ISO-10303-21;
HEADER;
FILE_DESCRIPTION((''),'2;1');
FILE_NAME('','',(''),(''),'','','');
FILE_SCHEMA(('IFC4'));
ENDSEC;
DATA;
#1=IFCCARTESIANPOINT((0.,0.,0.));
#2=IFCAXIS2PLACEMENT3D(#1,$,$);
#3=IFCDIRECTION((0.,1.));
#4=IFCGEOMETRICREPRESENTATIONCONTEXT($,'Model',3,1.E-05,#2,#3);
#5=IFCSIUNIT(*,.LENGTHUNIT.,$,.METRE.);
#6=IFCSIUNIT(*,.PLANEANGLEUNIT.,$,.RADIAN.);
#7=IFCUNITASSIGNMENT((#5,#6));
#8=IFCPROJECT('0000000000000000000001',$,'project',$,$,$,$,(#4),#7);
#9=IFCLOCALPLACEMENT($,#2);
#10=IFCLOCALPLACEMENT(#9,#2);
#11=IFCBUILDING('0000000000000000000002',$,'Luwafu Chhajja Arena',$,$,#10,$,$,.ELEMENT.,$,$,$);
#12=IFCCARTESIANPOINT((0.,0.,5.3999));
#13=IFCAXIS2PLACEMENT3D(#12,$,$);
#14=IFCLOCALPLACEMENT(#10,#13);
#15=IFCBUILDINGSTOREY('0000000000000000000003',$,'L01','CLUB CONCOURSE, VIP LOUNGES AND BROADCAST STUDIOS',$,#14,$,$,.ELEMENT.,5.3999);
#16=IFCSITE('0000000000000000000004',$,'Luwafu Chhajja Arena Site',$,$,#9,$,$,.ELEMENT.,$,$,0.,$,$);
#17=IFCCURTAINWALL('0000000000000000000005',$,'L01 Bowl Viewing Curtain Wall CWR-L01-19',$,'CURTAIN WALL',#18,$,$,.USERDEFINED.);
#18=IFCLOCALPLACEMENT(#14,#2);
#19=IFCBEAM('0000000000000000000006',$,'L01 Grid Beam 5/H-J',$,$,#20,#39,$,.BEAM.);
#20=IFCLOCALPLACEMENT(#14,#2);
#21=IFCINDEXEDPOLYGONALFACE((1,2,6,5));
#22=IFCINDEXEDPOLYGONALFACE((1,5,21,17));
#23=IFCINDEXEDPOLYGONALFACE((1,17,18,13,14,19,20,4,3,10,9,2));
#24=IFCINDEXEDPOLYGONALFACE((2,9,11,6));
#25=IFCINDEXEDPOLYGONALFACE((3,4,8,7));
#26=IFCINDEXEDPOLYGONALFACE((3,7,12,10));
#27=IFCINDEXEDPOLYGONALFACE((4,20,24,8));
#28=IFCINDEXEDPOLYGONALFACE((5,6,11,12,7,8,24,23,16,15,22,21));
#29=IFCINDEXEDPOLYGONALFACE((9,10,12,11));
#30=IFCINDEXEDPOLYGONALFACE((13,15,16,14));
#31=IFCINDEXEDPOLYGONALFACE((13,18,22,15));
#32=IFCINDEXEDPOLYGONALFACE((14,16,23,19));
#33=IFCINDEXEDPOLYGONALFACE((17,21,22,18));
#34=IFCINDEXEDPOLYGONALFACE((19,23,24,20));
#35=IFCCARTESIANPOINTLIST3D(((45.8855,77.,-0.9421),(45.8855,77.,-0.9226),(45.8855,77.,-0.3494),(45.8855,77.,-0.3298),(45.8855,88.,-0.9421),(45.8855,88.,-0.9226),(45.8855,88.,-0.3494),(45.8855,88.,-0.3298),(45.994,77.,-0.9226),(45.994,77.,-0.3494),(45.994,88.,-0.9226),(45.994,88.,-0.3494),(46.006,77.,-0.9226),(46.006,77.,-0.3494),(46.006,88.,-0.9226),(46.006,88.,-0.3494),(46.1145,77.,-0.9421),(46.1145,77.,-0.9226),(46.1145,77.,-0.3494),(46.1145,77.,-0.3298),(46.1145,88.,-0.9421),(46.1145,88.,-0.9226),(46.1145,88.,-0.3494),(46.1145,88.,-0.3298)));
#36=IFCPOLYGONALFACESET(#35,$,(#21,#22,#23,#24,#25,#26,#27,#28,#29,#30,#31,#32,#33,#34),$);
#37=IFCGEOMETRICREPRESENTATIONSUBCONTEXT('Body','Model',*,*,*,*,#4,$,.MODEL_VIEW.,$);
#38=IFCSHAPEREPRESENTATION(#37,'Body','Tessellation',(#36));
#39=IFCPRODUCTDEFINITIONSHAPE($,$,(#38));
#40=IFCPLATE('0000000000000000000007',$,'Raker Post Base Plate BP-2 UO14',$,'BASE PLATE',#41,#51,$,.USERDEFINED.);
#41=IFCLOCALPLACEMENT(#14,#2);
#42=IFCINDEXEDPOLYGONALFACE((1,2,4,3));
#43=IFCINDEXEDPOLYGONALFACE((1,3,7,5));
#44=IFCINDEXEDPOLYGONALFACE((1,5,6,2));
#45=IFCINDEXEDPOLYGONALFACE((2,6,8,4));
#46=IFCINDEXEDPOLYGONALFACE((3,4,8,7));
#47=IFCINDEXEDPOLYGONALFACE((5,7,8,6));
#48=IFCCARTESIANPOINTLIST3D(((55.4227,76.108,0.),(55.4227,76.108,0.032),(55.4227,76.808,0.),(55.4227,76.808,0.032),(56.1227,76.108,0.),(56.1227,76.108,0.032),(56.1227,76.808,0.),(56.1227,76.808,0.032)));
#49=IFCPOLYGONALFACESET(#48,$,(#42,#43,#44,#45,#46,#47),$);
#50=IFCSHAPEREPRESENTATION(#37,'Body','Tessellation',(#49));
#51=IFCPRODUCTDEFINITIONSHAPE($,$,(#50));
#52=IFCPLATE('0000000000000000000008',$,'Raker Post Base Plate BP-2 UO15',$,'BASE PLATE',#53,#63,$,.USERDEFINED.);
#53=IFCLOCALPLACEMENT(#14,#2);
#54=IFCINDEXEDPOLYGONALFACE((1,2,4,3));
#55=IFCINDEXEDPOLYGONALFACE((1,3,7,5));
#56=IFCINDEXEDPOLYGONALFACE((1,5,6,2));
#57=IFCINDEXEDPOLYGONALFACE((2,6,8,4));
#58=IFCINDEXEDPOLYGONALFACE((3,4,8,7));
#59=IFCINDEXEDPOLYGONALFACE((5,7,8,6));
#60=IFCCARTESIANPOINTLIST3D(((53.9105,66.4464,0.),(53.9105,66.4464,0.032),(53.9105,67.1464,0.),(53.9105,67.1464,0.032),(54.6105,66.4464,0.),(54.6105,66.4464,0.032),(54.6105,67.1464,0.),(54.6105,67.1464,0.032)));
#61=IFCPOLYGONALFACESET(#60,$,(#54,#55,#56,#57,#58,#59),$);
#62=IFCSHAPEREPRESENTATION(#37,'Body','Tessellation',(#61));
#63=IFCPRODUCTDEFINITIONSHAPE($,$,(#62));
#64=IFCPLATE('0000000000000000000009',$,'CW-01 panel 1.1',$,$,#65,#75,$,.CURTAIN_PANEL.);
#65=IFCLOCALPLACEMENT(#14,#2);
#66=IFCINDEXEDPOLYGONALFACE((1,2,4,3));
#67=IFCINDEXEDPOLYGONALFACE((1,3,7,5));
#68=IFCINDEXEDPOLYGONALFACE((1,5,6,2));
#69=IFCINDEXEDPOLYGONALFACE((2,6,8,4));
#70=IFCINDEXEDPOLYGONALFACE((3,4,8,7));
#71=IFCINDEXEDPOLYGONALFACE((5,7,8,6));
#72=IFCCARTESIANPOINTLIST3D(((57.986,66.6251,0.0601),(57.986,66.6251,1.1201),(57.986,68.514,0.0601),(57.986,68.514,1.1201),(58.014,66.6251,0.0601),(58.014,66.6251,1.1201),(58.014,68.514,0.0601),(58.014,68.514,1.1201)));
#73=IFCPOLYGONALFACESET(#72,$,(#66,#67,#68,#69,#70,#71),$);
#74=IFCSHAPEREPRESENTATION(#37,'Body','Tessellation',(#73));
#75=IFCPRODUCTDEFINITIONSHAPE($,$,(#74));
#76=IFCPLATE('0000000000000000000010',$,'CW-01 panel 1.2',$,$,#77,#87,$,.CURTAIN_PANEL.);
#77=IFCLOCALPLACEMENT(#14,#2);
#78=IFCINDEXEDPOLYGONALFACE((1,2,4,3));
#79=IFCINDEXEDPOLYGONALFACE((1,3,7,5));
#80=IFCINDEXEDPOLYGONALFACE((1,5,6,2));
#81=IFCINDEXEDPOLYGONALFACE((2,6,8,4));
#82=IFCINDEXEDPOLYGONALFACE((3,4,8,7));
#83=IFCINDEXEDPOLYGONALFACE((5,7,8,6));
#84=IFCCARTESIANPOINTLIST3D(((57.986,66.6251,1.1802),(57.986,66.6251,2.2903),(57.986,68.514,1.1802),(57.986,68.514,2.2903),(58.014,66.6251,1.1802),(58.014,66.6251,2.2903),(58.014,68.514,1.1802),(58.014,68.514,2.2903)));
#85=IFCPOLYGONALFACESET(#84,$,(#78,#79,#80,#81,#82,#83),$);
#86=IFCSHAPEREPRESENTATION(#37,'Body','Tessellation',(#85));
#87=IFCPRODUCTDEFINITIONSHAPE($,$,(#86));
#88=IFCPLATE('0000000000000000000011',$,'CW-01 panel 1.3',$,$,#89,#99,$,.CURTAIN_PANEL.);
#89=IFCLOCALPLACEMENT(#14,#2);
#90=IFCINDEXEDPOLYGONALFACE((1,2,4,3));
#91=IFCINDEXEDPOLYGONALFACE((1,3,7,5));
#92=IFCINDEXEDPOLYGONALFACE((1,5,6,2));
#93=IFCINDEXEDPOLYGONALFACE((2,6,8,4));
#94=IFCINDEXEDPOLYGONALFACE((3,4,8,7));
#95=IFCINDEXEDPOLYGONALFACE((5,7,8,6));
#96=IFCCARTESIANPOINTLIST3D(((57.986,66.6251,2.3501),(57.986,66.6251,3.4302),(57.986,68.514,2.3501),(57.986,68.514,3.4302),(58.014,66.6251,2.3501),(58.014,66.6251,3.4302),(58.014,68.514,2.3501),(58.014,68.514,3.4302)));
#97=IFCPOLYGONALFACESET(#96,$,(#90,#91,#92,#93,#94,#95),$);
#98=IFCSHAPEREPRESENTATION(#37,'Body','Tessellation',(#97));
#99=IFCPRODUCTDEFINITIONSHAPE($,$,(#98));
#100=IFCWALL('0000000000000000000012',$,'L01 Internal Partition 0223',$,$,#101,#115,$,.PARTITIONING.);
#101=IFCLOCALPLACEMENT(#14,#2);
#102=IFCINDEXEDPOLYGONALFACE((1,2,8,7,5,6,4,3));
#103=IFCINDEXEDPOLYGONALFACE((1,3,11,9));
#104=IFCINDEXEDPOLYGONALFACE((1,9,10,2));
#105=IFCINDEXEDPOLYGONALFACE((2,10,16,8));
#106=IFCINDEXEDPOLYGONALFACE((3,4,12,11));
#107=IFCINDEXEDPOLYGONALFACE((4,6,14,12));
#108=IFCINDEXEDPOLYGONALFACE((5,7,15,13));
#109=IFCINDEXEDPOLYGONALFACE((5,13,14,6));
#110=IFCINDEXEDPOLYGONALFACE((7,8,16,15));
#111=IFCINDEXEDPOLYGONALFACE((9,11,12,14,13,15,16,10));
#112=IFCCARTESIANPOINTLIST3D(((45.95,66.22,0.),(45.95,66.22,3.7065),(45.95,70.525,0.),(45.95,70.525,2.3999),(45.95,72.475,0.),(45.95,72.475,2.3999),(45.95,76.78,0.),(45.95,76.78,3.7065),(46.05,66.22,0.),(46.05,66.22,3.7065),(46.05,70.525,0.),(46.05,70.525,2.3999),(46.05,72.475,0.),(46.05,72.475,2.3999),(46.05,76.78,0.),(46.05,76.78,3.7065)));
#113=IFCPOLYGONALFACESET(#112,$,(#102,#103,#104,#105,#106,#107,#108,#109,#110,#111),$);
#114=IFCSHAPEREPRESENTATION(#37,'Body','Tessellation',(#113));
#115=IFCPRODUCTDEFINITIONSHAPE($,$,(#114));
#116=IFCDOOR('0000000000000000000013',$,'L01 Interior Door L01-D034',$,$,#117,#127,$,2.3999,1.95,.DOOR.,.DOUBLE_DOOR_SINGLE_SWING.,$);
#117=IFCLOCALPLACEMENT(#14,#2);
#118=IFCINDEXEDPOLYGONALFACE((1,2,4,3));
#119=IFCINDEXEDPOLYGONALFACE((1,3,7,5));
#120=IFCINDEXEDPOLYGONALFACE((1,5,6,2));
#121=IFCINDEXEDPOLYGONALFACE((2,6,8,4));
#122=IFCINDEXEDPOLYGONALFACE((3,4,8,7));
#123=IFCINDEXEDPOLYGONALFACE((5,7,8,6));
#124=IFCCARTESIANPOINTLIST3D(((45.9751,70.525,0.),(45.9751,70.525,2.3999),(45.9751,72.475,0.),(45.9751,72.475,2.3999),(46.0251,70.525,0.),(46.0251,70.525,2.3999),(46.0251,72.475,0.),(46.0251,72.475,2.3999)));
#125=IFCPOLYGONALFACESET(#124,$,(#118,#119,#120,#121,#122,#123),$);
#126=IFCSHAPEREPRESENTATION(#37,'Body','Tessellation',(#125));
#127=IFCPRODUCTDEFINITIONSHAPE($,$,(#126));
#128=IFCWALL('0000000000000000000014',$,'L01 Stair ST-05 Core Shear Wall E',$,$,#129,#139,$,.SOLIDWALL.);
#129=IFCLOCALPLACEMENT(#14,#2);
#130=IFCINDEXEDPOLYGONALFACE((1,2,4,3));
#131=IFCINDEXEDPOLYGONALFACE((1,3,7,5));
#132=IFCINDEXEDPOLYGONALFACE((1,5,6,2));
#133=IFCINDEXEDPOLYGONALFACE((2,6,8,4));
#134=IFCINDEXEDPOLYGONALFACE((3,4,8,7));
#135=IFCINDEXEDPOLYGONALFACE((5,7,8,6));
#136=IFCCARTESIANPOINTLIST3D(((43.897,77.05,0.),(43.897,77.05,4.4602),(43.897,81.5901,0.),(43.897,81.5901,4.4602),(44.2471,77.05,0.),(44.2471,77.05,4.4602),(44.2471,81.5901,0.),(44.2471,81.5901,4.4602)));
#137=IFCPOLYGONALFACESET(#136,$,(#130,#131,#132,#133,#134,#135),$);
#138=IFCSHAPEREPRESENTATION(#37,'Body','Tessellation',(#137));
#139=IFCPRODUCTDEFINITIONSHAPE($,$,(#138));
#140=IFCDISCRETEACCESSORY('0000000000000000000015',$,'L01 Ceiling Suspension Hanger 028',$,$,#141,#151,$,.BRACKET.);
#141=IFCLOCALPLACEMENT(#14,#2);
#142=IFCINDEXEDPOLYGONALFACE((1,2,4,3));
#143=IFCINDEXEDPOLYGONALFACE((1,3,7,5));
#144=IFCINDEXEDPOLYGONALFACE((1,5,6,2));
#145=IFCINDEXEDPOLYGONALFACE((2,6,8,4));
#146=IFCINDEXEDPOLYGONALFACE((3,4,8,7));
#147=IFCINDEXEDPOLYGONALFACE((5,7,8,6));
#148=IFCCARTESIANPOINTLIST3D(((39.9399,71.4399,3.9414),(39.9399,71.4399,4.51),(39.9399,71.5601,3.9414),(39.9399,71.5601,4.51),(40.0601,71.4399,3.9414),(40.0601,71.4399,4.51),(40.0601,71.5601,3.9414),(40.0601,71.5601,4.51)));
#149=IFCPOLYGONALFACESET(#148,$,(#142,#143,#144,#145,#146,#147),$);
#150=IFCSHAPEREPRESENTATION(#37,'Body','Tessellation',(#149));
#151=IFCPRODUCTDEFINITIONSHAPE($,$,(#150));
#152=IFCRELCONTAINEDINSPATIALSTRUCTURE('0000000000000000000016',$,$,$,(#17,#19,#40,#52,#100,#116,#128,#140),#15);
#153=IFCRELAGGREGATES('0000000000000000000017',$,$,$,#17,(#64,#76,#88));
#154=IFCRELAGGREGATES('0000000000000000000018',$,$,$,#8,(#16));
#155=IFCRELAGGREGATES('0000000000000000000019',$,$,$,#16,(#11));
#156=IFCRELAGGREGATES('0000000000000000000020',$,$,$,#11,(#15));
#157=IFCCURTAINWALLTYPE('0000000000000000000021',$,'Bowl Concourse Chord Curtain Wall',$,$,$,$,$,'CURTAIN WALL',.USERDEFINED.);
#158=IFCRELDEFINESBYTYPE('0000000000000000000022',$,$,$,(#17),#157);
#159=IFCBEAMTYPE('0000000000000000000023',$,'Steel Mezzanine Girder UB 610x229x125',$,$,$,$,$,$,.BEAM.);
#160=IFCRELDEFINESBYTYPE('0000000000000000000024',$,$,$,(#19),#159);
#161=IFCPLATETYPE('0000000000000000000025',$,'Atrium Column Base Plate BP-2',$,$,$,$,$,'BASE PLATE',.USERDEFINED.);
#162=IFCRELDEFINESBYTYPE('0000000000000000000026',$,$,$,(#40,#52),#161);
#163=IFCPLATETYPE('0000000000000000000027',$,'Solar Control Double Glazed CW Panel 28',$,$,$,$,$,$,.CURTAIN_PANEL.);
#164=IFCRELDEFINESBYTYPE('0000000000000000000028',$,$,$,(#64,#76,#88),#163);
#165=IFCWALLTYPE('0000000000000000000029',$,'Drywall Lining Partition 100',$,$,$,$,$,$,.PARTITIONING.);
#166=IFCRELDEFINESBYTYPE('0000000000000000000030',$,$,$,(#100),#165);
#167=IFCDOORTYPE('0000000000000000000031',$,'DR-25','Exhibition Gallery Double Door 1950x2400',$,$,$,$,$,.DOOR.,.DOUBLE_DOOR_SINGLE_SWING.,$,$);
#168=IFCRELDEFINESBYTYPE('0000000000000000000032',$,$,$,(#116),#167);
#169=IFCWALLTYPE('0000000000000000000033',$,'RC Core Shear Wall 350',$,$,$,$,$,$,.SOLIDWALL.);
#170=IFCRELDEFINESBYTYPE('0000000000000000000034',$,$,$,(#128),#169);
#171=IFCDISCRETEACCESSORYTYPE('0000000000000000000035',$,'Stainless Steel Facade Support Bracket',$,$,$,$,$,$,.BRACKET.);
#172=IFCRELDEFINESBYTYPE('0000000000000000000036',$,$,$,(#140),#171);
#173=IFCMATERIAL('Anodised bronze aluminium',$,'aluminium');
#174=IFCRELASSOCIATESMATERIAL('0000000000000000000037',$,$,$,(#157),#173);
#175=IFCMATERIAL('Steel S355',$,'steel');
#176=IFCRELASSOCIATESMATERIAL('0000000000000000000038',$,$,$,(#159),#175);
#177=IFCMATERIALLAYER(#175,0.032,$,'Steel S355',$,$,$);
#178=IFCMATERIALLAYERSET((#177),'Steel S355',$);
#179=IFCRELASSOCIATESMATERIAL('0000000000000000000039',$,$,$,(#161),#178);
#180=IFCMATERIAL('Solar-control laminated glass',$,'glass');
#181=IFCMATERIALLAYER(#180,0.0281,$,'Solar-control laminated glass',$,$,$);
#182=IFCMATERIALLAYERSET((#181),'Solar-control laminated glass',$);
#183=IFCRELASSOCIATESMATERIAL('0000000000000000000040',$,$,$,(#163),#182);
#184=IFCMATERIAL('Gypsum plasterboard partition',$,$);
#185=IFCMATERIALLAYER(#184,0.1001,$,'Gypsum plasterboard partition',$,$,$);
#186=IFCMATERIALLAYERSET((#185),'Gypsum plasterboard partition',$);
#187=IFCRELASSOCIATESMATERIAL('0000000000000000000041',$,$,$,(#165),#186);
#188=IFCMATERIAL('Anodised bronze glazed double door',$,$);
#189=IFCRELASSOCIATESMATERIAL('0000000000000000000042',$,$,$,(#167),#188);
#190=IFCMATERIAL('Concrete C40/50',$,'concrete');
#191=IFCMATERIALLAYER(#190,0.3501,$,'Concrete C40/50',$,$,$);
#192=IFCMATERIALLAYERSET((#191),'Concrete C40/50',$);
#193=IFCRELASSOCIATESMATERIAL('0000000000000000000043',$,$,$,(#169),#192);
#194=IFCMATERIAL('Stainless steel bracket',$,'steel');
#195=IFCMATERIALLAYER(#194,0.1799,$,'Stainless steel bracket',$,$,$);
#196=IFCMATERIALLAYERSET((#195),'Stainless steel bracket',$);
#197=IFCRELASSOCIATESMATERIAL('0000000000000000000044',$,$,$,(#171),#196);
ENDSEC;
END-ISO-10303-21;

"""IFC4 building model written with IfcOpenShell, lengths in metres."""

from ifc_helpers import new_model, si_unit, direction, frame, frame_2d, origin, origin_2d, place, context, subcontext, project, spatial, rectangle, i_section, extrude, material, layer, layer_set, material_profile, profile_set, type_object, element, fill, aggregate, save


model = new_model("IFC4")

# Units and contexts
model_context = context("Model", 3, precision=1e-05, world=origin(), true_north=direction((0.0, 1.0)))
body_context = subcontext(model_context, "Body", "Model", "MODEL_VIEW")
ifc_project = project(units=[si_unit("LENGTHUNIT", "METRE"), si_unit("PLANEANGLEUNIT", "RADIAN")], contexts=[model_context])

# Site, building, storey
site_placement = place(None, origin())
site = spatial("IfcSite", under=ifc_project, at=site_placement, Name="Luwafu Chhajja Arena Site", CompositionType="ELEMENT", RefElevation=0.0)
building_placement = place(site_placement, origin())
building = spatial("IfcBuilding", under=site, at=building_placement, Name="Luwafu Chhajja Arena", CompositionType="ELEMENT")
storey_placement = place(building_placement, frame((0.0, 0.0, 5.3999)))
storey = spatial("IfcBuildingStorey", under=building, at=storey_placement, Name="L01", Description="CLUB CONCOURSE, VIP LOUNGES AND BROADCAST STUDIOS", CompositionType="ELEMENT", Elevation=5.3999)

# Shared definitions
ifc_material_1 = material(Name="Steel S355", Category="steel")

# Curtain wall
ifc_material_2 = material(Name="Anodised bronze aluminium", Category="aluminium")
curtain_wall_type = type_object("IfcCurtainWallType", Name="Bowl Concourse Chord Curtain Wall", ElementType="CURTAIN WALL", PredefinedType="USERDEFINED", material=ifc_material_2)
curtain_wall_placement = place(storey_placement, origin())
curtain_wall = element("IfcCurtainWall", 1, at=curtain_wall_placement, inside=storey, type_object=curtain_wall_type, Name="L01 Bowl Viewing Curtain Wall CWR-L01-19", ObjectType="CURTAIN WALL", PredefinedType="USERDEFINED")

# Beam
ifc_material_profile_1 = material_profile(ifc_material_1, i_section(OverallWidth=0.229, OverallDepth=0.6123, WebThickness=0.012, FlangeThickness=0.0195, at=origin_2d()), Name="UB 610x229x125")
ifc_profile_set_1 = profile_set([ifc_material_profile_1], Name="Steel S355")
beam_type_1 = type_object("IfcBeamType", Name="Steel Mezzanine Girder UB 610x229x125", PredefinedType="BEAM", material=ifc_profile_set_1)
beam_1_placement = place(storey_placement, frame((46.0, 77.0, -0.636), z_axis=(0.0, 1.0, 0.0), x_axis=(-1.0, 0.0, 0.0)))
element("IfcBeam", 2, at=beam_1_placement, inside=storey, type_object=beam_type_1, Name="L01 Grid Beam 5/H-J", PredefinedType="BEAM", context=body_context, shape_type="SweptSolid", body=[
    extrude(i_section(OverallWidth=0.229, OverallDepth=0.6123, WebThickness=0.012, FlangeThickness=0.0195, at=origin_2d()), origin(), (0.0, 0.0, 1.0), 11.0),
])

# Plates
ifc_layer_1 = layer(ifc_material_1, 0.032, Name="Steel S355")
ifc_layer_set_1 = layer_set([ifc_layer_1], Name="Steel S355")
plate_type_1 = type_object("IfcPlateType", Name="Atrium Column Base Plate BP-2", ElementType="BASE PLATE", PredefinedType="USERDEFINED", material=ifc_layer_set_1)
for number, where, z_axis, x_axis, name in (
    (3, (55.7727, 76.458, 0.0), (0.0, 0.0, 1.0), (1.0, 0.0, 0.0), "Raker Post Base Plate BP-2 UO14"),
    (4, (54.2605, 66.7964, 0.0), (0.0, 0.0, 1.0), (1.0, 0.0, 0.0), "Raker Post Base Plate BP-2 UO15"),
):
    element("IfcPlate", number, at=place(storey_placement, frame(where, z_axis=z_axis, x_axis=x_axis)), inside=storey, type_object=plate_type_1, Name=name, ObjectType="BASE PLATE", PredefinedType="USERDEFINED", context=body_context, shape_type="SweptSolid", body=[
        extrude(rectangle(XDim=0.7, YDim=0.7, at=origin_2d()), origin(), (0.0, 0.0, 1.0), 0.032),
    ])

# Plates
ifc_material_3 = material(Name="Solar-control laminated glass", Category="glass")
ifc_layer_2 = layer(ifc_material_3, 0.0281, Name="Solar-control laminated glass")
ifc_layer_set_2 = layer_set([ifc_layer_2], Name="Solar-control laminated glass")
plate_type_2 = type_object("IfcPlateType", Name="Solar Control Double Glazed CW Panel 28", PredefinedType="CURTAIN_PANEL", material=ifc_layer_set_2)
plate_1_placement = place(storey_placement, frame((58.0, 67.5696, 0.0601), z_axis=(0.0, 0.0, 1.0), x_axis=(0.0, 1.0, 0.0)))
plate_1 = element("IfcPlate", 5, at=plate_1_placement, type_object=plate_type_2, Name="CW-01 panel 1.1", PredefinedType="CURTAIN_PANEL", context=body_context, shape_type="SweptSolid", body=[
    extrude(rectangle(XDim=1.8889, YDim=0.0281, at=origin_2d()), origin(), (0.0, 0.0, 1.0), 1.0601),
])
plate_2_placement = place(storey_placement, frame((58.0, 67.5696, 1.1802), z_axis=(0.0, 0.0, 1.0), x_axis=(0.0, 1.0, 0.0)))
plate_2 = element("IfcPlate", 6, at=plate_2_placement, type_object=plate_type_2, Name="CW-01 panel 1.2", PredefinedType="CURTAIN_PANEL", context=body_context, shape_type="SweptSolid", body=[
    extrude(rectangle(XDim=1.8889, YDim=0.0281, at=origin_2d()), origin(), (0.0, 0.0, 1.0), 1.1101),
])
plate_3_placement = place(storey_placement, frame((58.0, 67.5696, 2.3501), z_axis=(0.0, 0.0, 1.0), x_axis=(0.0, 1.0, 0.0)))
plate_3 = element("IfcPlate", 7, at=plate_3_placement, type_object=plate_type_2, Name="CW-01 panel 1.3", PredefinedType="CURTAIN_PANEL", context=body_context, shape_type="SweptSolid", body=[
    extrude(rectangle(XDim=1.8889, YDim=0.0281, at=origin_2d()), origin(), (0.0, 0.0, 1.0), 1.0801),
])
aggregate(curtain_wall, [plate_1, plate_2, plate_3])

# Wall, opening, door
ifc_material_4 = material(Name="Gypsum plasterboard partition")
ifc_layer_3 = layer(ifc_material_4, 0.1001, Name="Gypsum plasterboard partition")
ifc_layer_set_3 = layer_set([ifc_layer_3], Name="Gypsum plasterboard partition")
wall_type_1 = type_object("IfcWallType", Name="Drywall Lining Partition 100", PredefinedType="PARTITIONING", material=ifc_layer_set_3)
wall_1_placement = place(storey_placement, frame((46.0, 66.22, 0.0), z_axis=(0.0, 0.0, 1.0), x_axis=(0.0, 1.0, 0.0)))
wall_1 = element("IfcWall", 8, at=wall_1_placement, inside=storey, type_object=wall_type_1, Name="L01 Internal Partition 0223", PredefinedType="PARTITIONING", context=body_context, shape_type="SweptSolid", body=[
    extrude(rectangle(XDim=10.5601, YDim=0.1001, at=frame_2d((5.28, 0.0))), origin(), (0.0, 0.0, 1.0), 3.7065),
])
opening_placement = place(wall_1_placement, frame((4.3049, 0.0, 0.0)))
opening = element("IfcOpeningElement", 9, at=opening_placement, cuts=wall_1, PredefinedType="OPENING", context=body_context, shape_type="SweptSolid", body=[
    extrude(rectangle(XDim=1.95, YDim=2.3999, at=frame_2d((0.9751, 1.2))), frame((0.0, 0.0601, 0.0), z_axis=(0.0, -1.0, 0.0), x_axis=(1.0, 0.0, 0.0)), (0.0, 0.0, 1.0), 0.1201),
])
ifc_material_5 = material(Name="Anodised bronze glazed double door")
door_type = type_object("IfcDoorType", Name="DR-25", Description="Exhibition Gallery Double Door 1950x2400", OperationType="DOUBLE_DOOR_SINGLE_SWING", PredefinedType="DOOR", material=ifc_material_5)
door_placement = place(opening_placement, origin())
door = element("IfcDoor", 10, at=door_placement, inside=storey, type_object=door_type, Name="L01 Interior Door L01-D034", OperationType="DOUBLE_DOOR_SINGLE_SWING", OverallHeight=2.3999, OverallWidth=1.95, PredefinedType="DOOR", context=body_context, shape_type="SweptSolid", body=[
    extrude(rectangle(XDim=1.95, YDim=2.3999, at=frame_2d((0.9751, 1.2))), frame((0.0, 0.0249, 0.0), z_axis=(0.0, -1.0, 0.0), x_axis=(1.0, 0.0, 0.0)), (0.0, 0.0, 1.0), 0.05),
])
fill(opening, door)

# Wall
ifc_material_6 = material(Name="Concrete C40/50", Category="concrete")
ifc_layer_4 = layer(ifc_material_6, 0.3501, Name="Concrete C40/50")
ifc_layer_set_4 = layer_set([ifc_layer_4], Name="Concrete C40/50")
wall_type_2 = type_object("IfcWallType", Name="RC Core Shear Wall 350", PredefinedType="SOLIDWALL", material=ifc_layer_set_4)
wall_2_placement = place(storey_placement, frame((44.072, 77.05, 0.0), z_axis=(0.0, 0.0, 1.0), x_axis=(0.0, 1.0, 0.0)))
element("IfcWall", 11, at=wall_2_placement, inside=storey, type_object=wall_type_2, Name="L01 Stair ST-05 Core Shear Wall E", PredefinedType="SOLIDWALL", context=body_context, shape_type="SweptSolid", body=[
    extrude(rectangle(XDim=4.54, YDim=0.3501, at=frame_2d((2.27, 0.0))), origin(), (0.0, 0.0, 1.0), 4.4602),
])

# Discrete accessory
ifc_material_7 = material(Name="Stainless steel bracket", Category="steel")
ifc_layer_5 = layer(ifc_material_7, 0.1799, Name="Stainless steel bracket")
ifc_layer_set_5 = layer_set([ifc_layer_5], Name="Stainless steel bracket")
discrete_accessory_type = type_object("IfcDiscreteAccessoryType", Name="Stainless Steel Facade Support Bracket", PredefinedType="BRACKET", material=ifc_layer_set_5)
discrete_accessory_placement = place(storey_placement, frame((40.0, 71.5, 3.9414), z_axis=(0.0, 0.0, 1.0), x_axis=(1.0, 0.0, 0.0)))
element("IfcDiscreteAccessory", 12, at=discrete_accessory_placement, inside=storey, type_object=discrete_accessory_type, Name="L01 Ceiling Suspension Hanger 028", PredefinedType="BRACKET", context=body_context, shape_type="SweptSolid", body=[
    extrude(rectangle(XDim=0.1201, YDim=0.1201, at=origin_2d()), origin(), (0.0, 0.0, 1.0), 0.5686),
])

save(model, "model.ifc")
